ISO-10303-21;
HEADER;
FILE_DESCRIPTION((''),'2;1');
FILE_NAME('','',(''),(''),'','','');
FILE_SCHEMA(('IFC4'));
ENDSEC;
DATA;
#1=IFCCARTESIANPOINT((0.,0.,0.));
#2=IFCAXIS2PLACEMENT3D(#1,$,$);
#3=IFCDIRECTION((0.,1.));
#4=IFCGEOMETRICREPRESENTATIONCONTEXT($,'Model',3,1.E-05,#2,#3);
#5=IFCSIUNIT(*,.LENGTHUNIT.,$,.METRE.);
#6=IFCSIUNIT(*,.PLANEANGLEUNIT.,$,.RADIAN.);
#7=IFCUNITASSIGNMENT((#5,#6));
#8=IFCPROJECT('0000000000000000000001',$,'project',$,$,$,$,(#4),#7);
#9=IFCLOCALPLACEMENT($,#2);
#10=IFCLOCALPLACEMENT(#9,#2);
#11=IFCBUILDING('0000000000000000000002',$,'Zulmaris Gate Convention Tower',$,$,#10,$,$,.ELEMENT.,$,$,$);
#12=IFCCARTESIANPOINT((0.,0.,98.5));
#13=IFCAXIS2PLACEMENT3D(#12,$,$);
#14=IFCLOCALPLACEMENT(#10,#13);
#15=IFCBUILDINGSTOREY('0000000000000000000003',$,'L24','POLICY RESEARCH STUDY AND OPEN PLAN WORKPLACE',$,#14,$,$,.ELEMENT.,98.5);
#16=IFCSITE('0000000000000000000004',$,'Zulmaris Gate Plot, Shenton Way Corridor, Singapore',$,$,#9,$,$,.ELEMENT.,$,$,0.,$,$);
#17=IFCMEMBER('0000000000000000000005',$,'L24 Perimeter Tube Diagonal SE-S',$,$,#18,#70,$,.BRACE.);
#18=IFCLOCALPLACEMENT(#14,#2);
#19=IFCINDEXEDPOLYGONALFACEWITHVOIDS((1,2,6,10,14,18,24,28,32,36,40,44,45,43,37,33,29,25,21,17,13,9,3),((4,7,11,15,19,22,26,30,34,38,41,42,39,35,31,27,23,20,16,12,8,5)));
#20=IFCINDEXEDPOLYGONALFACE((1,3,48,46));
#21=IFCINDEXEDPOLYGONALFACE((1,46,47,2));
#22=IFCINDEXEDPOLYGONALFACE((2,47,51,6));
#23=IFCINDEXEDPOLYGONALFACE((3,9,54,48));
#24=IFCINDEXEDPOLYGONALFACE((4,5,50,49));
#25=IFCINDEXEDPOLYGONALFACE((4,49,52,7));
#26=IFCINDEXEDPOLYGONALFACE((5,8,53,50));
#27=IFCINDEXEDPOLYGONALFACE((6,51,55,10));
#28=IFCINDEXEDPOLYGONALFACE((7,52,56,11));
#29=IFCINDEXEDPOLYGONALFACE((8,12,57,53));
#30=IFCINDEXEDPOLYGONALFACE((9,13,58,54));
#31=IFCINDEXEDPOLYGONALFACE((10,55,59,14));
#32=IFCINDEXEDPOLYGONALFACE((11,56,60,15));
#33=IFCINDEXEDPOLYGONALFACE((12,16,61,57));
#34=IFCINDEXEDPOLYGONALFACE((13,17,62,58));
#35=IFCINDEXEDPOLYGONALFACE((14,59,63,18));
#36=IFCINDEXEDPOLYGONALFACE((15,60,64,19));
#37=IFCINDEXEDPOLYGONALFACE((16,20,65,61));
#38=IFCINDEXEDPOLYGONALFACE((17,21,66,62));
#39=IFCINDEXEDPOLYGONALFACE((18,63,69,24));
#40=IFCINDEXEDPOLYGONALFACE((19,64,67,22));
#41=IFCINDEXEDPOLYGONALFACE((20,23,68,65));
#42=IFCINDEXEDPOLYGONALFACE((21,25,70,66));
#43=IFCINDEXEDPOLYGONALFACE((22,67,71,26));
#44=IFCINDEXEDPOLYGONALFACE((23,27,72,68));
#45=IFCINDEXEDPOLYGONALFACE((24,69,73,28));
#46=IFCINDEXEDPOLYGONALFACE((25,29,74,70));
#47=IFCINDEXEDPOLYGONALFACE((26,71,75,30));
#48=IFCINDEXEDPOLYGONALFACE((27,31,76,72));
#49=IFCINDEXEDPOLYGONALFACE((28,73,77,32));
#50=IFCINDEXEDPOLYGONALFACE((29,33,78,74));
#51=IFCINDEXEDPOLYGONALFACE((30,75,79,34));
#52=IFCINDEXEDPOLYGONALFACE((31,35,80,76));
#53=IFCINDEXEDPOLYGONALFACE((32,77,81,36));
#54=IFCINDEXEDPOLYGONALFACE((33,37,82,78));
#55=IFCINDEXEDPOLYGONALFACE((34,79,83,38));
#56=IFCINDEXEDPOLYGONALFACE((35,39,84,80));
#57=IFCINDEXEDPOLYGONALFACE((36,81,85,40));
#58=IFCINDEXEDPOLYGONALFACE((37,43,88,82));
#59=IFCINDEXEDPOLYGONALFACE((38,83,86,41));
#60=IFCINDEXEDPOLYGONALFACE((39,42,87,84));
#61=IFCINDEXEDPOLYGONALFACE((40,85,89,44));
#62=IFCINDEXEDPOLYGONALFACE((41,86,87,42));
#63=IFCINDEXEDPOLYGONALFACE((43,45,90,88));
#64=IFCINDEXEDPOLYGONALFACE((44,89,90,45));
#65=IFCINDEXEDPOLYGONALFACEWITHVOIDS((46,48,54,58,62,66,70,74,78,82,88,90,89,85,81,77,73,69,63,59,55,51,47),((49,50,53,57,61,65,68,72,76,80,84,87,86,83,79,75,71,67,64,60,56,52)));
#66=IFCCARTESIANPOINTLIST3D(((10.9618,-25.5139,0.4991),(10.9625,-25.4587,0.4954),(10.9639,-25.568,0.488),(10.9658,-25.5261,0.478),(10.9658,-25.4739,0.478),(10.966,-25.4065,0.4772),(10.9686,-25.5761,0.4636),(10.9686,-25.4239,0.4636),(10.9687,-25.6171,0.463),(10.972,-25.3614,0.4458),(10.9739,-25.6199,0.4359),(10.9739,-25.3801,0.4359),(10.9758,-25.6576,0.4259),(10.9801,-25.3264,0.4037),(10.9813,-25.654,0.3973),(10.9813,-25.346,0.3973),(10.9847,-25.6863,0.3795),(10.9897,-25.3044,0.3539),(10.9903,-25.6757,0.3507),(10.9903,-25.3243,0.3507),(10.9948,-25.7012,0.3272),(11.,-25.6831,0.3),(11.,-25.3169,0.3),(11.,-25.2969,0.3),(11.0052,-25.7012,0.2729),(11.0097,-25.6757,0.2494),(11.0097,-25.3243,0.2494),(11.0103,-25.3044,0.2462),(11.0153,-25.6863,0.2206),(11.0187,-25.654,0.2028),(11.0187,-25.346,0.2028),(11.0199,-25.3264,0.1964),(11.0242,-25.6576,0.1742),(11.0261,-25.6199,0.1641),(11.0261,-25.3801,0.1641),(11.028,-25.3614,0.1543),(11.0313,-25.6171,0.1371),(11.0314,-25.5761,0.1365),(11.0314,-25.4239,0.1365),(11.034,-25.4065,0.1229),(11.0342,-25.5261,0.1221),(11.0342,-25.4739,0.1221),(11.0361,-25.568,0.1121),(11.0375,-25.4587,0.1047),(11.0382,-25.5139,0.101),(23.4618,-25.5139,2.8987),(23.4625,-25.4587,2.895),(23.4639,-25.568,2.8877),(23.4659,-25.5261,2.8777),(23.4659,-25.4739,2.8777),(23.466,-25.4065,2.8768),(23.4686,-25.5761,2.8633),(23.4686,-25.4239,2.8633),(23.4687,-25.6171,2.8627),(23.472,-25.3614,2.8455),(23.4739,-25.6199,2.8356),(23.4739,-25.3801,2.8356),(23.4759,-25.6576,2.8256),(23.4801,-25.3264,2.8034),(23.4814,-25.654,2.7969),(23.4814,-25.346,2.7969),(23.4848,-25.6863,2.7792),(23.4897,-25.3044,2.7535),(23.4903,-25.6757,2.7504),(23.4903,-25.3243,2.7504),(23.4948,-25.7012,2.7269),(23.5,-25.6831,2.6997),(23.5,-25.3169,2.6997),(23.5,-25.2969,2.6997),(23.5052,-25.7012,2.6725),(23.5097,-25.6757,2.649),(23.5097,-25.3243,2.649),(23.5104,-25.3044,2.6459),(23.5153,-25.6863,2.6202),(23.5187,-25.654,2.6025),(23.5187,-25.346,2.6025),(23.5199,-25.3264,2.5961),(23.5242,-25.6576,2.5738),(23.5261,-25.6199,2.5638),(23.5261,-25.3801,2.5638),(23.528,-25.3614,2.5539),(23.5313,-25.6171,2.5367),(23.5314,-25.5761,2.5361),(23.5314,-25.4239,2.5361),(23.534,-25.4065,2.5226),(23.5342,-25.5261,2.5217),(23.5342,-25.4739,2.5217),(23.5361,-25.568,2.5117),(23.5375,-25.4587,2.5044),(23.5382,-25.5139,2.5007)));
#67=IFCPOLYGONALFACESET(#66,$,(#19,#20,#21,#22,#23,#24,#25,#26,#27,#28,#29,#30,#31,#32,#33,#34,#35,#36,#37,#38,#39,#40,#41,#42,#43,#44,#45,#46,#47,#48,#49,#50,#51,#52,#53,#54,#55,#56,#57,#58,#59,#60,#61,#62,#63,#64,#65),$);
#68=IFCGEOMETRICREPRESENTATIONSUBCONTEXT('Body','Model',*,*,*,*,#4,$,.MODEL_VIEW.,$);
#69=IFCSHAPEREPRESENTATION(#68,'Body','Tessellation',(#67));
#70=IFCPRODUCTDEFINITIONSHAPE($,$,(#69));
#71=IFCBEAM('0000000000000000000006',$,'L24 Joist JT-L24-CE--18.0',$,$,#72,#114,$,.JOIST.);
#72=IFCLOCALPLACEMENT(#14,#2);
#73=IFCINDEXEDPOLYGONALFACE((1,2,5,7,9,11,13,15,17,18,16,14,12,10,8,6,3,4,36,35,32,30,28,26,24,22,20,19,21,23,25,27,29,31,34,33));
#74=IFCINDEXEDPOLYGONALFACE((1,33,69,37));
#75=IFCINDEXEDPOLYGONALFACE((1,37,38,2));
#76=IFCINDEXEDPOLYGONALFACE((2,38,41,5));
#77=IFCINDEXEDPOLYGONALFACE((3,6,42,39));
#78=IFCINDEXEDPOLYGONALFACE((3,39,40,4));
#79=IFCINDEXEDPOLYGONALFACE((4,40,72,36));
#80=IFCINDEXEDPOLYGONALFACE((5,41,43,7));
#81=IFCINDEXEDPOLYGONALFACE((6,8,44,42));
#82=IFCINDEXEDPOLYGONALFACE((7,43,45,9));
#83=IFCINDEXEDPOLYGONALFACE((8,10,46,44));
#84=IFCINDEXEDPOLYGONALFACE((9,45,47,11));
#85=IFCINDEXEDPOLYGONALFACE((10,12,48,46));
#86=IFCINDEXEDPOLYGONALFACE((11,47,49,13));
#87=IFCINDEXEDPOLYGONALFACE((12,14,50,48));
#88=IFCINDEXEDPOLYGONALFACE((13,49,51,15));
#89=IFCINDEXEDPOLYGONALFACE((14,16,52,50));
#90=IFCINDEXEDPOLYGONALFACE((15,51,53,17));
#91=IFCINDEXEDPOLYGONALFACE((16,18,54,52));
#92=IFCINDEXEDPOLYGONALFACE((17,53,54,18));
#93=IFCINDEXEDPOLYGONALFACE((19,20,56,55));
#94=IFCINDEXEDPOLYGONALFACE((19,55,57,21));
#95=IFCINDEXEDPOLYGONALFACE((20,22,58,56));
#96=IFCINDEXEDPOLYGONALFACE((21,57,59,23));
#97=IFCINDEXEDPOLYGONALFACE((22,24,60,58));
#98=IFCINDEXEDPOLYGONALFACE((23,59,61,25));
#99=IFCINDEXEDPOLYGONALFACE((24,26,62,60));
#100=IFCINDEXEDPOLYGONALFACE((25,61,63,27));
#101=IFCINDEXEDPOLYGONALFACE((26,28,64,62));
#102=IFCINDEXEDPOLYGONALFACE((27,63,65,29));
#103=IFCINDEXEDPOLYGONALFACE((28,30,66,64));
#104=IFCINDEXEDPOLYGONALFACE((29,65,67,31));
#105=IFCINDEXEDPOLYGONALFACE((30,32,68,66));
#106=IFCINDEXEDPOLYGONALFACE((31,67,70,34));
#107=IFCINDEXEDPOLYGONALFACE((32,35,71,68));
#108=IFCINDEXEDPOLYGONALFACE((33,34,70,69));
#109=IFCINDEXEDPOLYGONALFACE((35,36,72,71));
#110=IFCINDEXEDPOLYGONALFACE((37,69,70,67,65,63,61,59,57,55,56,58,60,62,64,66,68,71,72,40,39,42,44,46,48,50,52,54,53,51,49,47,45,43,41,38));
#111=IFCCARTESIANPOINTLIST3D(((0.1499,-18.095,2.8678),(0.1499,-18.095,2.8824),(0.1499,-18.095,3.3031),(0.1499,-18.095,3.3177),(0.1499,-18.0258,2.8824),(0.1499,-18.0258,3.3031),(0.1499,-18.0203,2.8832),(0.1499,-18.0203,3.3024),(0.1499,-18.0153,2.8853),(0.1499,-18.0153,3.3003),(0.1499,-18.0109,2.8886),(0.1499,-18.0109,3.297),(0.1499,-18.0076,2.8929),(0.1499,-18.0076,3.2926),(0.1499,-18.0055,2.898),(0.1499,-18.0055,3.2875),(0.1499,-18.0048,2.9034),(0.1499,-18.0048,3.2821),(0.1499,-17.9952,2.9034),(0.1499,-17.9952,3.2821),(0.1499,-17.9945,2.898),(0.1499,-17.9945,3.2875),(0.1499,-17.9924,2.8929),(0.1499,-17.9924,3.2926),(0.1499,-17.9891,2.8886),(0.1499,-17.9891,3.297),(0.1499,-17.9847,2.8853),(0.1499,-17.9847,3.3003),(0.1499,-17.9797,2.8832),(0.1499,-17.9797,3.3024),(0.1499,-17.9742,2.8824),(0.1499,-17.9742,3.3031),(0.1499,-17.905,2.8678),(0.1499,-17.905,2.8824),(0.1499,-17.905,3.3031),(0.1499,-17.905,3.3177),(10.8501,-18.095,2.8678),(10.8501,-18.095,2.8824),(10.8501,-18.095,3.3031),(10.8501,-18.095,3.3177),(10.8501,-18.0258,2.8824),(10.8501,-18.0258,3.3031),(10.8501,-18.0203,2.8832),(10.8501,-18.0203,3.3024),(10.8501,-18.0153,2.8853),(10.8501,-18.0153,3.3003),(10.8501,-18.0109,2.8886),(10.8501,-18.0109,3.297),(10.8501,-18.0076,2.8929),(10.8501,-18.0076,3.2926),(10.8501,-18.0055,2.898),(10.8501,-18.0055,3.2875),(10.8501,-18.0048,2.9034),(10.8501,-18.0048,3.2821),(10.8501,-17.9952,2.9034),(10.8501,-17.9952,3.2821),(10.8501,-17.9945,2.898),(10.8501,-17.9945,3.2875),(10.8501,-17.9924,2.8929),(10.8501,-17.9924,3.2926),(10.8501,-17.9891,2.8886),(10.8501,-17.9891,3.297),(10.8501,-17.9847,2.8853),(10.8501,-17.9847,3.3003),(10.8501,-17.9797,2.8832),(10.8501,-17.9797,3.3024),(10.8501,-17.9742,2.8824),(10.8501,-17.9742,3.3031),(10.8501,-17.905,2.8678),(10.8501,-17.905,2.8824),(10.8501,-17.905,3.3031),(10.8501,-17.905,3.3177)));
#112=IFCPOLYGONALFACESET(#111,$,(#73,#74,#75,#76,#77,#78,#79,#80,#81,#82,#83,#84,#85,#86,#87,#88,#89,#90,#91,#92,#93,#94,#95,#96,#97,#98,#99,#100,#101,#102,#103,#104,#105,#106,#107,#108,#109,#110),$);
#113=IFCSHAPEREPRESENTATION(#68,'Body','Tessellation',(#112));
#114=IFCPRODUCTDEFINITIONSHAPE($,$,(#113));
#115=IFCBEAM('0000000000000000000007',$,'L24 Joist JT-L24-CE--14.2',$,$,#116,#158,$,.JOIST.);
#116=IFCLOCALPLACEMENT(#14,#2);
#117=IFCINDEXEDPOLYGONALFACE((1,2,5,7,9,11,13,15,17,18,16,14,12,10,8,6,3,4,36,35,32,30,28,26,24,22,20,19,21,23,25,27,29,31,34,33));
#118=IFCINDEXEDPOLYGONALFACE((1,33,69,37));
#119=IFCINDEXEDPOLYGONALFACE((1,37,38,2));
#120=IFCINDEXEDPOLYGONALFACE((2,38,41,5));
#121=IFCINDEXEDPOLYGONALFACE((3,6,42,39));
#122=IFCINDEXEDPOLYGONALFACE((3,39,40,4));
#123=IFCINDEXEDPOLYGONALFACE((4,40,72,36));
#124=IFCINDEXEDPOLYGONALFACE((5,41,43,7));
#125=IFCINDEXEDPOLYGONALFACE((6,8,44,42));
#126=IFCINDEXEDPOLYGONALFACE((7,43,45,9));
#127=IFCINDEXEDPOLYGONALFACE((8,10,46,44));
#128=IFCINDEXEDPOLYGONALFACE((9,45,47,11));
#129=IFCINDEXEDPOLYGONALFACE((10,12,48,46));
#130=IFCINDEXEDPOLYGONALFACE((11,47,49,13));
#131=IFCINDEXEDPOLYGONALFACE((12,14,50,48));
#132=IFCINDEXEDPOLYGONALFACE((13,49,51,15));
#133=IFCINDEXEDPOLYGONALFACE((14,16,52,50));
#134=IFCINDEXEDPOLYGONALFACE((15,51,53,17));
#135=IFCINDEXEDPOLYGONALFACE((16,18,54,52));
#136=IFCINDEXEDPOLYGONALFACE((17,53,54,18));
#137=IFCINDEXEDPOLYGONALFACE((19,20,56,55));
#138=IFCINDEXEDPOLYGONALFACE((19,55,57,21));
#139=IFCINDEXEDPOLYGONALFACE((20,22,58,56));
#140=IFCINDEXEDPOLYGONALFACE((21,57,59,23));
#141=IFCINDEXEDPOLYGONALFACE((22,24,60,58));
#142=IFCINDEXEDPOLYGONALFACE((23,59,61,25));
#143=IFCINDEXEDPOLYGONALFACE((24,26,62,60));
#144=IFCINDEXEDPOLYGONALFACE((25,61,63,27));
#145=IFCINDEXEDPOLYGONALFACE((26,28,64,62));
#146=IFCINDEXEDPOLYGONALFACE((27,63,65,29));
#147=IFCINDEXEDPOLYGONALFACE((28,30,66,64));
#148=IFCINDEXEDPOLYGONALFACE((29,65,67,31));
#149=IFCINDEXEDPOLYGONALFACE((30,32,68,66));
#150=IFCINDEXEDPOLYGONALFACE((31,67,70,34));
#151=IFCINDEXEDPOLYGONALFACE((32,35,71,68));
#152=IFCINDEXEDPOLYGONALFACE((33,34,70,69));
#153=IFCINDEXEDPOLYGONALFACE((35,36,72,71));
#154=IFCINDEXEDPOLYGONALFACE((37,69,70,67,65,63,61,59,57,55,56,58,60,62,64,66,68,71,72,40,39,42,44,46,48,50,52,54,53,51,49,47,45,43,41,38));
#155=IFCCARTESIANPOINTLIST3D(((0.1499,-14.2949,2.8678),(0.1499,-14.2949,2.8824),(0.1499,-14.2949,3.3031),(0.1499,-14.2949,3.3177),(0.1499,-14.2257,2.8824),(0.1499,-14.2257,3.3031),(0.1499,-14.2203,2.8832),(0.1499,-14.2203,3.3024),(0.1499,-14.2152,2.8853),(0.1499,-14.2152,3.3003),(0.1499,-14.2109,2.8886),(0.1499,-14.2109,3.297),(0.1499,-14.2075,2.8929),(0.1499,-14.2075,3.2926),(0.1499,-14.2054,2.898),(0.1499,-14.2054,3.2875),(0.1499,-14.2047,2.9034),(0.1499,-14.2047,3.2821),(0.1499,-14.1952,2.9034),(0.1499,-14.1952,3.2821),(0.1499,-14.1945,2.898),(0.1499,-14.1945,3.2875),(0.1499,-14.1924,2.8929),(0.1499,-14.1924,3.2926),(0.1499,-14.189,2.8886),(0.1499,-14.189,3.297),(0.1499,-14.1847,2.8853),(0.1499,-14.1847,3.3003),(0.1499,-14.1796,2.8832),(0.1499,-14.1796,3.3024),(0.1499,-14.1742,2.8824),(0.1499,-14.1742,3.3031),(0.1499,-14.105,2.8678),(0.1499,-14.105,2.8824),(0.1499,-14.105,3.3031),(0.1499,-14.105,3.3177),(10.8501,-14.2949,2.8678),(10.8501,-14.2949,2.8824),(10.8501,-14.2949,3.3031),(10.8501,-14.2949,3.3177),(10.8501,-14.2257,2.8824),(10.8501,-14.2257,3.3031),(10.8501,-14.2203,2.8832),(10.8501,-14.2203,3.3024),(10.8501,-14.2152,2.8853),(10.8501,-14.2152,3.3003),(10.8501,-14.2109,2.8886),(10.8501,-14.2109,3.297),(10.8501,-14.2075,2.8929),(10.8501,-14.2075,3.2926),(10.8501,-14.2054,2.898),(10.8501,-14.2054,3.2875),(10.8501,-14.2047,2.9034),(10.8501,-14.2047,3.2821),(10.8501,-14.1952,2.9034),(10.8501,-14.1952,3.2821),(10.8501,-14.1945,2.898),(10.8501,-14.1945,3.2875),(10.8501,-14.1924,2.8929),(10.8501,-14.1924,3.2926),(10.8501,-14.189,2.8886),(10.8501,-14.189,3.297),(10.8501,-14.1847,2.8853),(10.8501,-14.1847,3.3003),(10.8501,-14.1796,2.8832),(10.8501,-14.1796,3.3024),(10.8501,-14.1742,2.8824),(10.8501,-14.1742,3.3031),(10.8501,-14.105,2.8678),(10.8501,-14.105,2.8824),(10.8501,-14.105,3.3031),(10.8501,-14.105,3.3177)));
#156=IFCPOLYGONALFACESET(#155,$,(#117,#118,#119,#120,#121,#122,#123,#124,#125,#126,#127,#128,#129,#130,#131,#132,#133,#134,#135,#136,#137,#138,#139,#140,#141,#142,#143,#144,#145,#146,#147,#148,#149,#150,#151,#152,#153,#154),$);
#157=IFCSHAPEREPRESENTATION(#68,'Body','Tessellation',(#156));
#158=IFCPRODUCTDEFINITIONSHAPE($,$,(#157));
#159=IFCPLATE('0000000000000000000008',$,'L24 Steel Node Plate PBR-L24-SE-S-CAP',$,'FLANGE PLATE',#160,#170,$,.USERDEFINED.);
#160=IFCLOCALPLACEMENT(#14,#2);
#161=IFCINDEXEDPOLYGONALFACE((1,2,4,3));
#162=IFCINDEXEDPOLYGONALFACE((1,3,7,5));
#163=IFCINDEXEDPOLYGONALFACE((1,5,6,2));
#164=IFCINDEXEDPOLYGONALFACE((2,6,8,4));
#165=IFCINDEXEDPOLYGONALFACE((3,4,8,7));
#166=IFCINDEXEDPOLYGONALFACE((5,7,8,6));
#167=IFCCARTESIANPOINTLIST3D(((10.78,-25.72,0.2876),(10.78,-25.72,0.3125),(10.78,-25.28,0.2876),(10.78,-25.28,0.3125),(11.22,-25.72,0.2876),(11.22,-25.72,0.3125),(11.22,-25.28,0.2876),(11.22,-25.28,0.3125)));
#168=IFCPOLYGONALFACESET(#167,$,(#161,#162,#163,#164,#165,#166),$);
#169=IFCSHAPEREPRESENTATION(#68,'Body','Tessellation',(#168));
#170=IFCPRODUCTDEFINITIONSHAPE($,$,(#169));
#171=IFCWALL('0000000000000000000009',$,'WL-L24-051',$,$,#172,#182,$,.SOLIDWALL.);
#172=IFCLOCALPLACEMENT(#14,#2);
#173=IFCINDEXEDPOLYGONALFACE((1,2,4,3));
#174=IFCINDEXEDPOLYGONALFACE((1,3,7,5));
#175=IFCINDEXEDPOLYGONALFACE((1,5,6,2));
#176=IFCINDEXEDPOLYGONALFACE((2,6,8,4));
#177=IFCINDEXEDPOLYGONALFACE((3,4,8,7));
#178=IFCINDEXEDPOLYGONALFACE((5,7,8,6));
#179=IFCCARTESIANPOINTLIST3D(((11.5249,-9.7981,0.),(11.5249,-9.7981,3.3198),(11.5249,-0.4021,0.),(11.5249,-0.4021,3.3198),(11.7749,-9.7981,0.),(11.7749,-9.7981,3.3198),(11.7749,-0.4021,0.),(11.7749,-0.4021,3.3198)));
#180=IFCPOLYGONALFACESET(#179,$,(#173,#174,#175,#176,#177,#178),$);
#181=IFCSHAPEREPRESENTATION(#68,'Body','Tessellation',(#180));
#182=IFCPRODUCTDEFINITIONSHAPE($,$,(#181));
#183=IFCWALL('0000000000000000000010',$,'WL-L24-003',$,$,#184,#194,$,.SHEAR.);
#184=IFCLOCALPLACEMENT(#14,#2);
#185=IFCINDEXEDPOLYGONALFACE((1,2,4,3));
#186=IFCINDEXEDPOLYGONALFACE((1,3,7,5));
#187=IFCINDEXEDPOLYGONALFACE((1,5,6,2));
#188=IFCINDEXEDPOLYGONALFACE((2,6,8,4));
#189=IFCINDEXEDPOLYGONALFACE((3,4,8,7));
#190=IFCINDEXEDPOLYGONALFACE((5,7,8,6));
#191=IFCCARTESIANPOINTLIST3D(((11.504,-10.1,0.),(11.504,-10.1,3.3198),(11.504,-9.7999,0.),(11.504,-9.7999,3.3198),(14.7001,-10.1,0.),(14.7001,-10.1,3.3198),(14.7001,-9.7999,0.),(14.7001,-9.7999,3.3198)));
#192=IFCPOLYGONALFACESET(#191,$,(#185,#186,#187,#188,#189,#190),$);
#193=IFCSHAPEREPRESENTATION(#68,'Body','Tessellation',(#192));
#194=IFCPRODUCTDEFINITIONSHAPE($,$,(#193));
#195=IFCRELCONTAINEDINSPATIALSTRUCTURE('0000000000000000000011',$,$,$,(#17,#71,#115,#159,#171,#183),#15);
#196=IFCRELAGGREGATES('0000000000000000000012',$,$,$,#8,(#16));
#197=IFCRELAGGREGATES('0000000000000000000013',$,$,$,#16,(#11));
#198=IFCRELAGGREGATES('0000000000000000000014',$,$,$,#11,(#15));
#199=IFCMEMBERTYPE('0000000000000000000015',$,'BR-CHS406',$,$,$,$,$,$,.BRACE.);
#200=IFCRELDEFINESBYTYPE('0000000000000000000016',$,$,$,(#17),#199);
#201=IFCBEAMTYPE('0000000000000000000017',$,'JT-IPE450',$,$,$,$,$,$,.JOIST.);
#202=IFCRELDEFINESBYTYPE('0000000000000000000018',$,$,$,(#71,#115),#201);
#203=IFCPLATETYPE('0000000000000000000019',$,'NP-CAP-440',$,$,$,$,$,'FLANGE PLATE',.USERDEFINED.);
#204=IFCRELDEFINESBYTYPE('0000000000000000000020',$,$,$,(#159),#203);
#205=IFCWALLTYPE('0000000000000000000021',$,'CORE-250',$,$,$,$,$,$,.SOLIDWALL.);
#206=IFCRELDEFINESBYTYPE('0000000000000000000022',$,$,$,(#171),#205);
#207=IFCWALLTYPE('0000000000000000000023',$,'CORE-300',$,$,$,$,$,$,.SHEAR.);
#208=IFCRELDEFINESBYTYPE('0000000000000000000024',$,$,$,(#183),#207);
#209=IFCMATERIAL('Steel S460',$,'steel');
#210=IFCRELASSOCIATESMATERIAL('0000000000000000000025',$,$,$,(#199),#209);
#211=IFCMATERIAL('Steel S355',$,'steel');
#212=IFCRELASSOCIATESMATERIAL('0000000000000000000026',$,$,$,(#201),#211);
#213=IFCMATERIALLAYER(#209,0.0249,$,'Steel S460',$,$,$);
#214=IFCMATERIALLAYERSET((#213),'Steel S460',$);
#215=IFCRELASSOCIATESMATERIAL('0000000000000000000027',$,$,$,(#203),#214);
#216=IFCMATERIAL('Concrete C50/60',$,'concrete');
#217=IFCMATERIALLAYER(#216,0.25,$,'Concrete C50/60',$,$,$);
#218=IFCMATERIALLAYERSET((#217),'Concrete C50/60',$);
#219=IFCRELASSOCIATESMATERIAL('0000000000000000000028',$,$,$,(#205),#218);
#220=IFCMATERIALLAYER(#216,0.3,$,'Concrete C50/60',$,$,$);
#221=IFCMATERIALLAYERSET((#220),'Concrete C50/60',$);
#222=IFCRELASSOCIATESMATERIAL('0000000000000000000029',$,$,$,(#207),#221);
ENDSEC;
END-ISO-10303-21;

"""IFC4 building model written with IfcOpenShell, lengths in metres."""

from ifc_helpers import new_model, si_unit, direction, frame, frame_2d, origin, origin_2d, place, context, subcontext, project, spatial, rectangle, hollow_circle, i_section, extrude, material, layer, layer_set, material_profile, profile_set, type_object, element, save


model = new_model("IFC4")

# Units and contexts
model_context = context("Model", 3, precision=1e-05, world=origin(), true_north=direction((0.0, 1.0)))
body_context = subcontext(model_context, "Body", "Model", "MODEL_VIEW")
ifc_project = project(units=[si_unit("LENGTHUNIT", "METRE"), si_unit("PLANEANGLEUNIT", "RADIAN")], contexts=[model_context])

# Site, building, storey
site_placement = place(None, origin())
site = spatial("IfcSite", under=ifc_project, at=site_placement, Name="Zulmaris Gate Plot, Shenton Way Corridor, Singapore", CompositionType="ELEMENT", RefElevation=0.0)
building_placement = place(site_placement, origin())
building = spatial("IfcBuilding", under=site, at=building_placement, Name="Zulmaris Gate Convention Tower", CompositionType="ELEMENT")
storey_placement = place(building_placement, frame((0.0, 0.0, 98.5)))
storey = spatial("IfcBuildingStorey", under=building, at=storey_placement, Name="L24", Description="POLICY RESEARCH STUDY AND OPEN PLAN WORKPLACE", CompositionType="ELEMENT", Elevation=98.5)

# Shared definitions
ifc_material_1 = material(Name="Steel S355", Category="steel")

# Member
ifc_material_2 = material(Name="Steel S460", Category="steel")
ifc_material_profile_1 = material_profile(ifc_material_2, hollow_circle(Radius=0.2031, WallThickness=0.02, at=origin_2d()), Name="CHS 406.4x20")
ifc_profile_set_1 = profile_set([ifc_material_profile_1], Name="Steel S460")
member_type = type_object("IfcMemberType", Name="BR-CHS406", PredefinedType="BRACE", material=ifc_profile_set_1)
member_placement = place(storey_placement, frame((11.0, -25.5, 0.3), z_axis=(0.982067, 0.0, 0.18853), x_axis=(0.0, 1.0, 0.0)))
element("IfcMember", 1, at=member_placement, inside=storey, type_object=member_type, Name="L24 Perimeter Tube Diagonal SE-S", PredefinedType="BRACE", context=body_context, shape_type="SweptSolid", body=[
    extrude(hollow_circle(Radius=0.2031, WallThickness=0.02, at=origin_2d()), origin(), (0.0, 0.0, 1.0), 12.7283),
])

# Beams
ifc_material_profile_2 = material_profile(ifc_material_1, i_section(OverallWidth=0.1899, OverallDepth=0.45, WebThickness=0.0095, FlangeThickness=0.0146, FilletRadius=0.021, at=origin_2d()), Name="IPE 450")
ifc_profile_set_2 = profile_set([ifc_material_profile_2], Name="Steel S355")
beam_type_1 = type_object("IfcBeamType", Name="JT-IPE450", PredefinedType="JOIST", material=ifc_profile_set_2)
for number, where, z_axis, x_axis, name in (
    (2, (0.1499, -18.0, 3.0928), (1.0, 0.0, 0.0), (0.0, 1.0, 0.0), "L24 Joist JT-L24-CE--18.0"),
    (3, (0.1499, -14.2, 3.0928), (1.0, 0.0, 0.0), (0.0, 1.0, 0.0), "L24 Joist JT-L24-CE--14.2"),
):
    element("IfcBeam", number, at=place(storey_placement, frame(where, z_axis=z_axis, x_axis=x_axis)), inside=storey, type_object=beam_type_1, Name=name, PredefinedType="JOIST", context=body_context, shape_type="SweptSolid", body=[
        extrude(i_section(OverallWidth=0.1899, OverallDepth=0.45, WebThickness=0.0095, FlangeThickness=0.0146, FilletRadius=0.021, at=origin_2d()), origin(), (0.0, 0.0, 1.0), 10.7002),
    ])

# Plate
ifc_layer_1 = layer(ifc_material_2, 0.0249, Name="Steel S460")
ifc_layer_set_1 = layer_set([ifc_layer_1], Name="Steel S460")
plate_type = type_object("IfcPlateType", Name="NP-CAP-440", ElementType="FLANGE PLATE", PredefinedType="USERDEFINED", material=ifc_layer_set_1)
plate_placement = place(storey_placement, frame((11.0, -25.5, 0.2876), z_axis=(0.0, 0.0, 1.0), x_axis=(1.0, 0.0, 0.0)))
element("IfcPlate", 4, at=plate_placement, inside=storey, type_object=plate_type, Name="L24 Steel Node Plate PBR-L24-SE-S-CAP", ObjectType="FLANGE PLATE", PredefinedType="USERDEFINED", context=body_context, shape_type="SweptSolid", body=[
    extrude(rectangle(XDim=0.4399, YDim=0.4399, at=origin_2d()), origin(), (0.0, 0.0, 1.0), 0.0249),
])

# Walls
ifc_material_3 = material(Name="Concrete C50/60", Category="concrete")
ifc_layer_2 = layer(ifc_material_3, 0.25, Name="Concrete C50/60")
ifc_layer_set_2 = layer_set([ifc_layer_2], Name="Concrete C50/60")
wall_type_1 = type_object("IfcWallType", Name="CORE-250", PredefinedType="SOLIDWALL", material=ifc_layer_set_2)
wall_1_placement = place(storey_placement, frame((11.6499, -9.7981, 0.0), z_axis=(0.0, 0.0, 1.0), x_axis=(0.0, 1.0, 0.0)))
element("IfcWall", 5, at=wall_1_placement, inside=storey, type_object=wall_type_1, Name="WL-L24-051", PredefinedType="SOLIDWALL", context=body_context, shape_type="SweptSolid", body=[
    extrude(rectangle(XDim=9.396, YDim=0.25, at=frame_2d((4.698, 0.0))), origin(), (0.0, 0.0, 1.0), 3.3198),
])
ifc_layer_3 = layer(ifc_material_3, 0.3, Name="Concrete C50/60")
ifc_layer_set_3 = layer_set([ifc_layer_3], Name="Concrete C50/60")
wall_type_2 = type_object("IfcWallType", Name="CORE-300", PredefinedType="SHEAR", material=ifc_layer_set_3)
wall_2_placement = place(storey_placement, frame((11.5039, -9.95, 0.0), z_axis=(0.0, 0.0, 1.0), x_axis=(1.0, 0.0, 0.0)))
element("IfcWall", 6, at=wall_2_placement, inside=storey, type_object=wall_type_2, Name="WL-L24-003", PredefinedType="SHEAR", context=body_context, shape_type="SweptSolid", body=[
    extrude(rectangle(XDim=3.196, YDim=0.3, at=frame_2d((1.5981, 0.0))), origin(), (0.0, 0.0, 1.0), 3.3198),
])

save(model, "model.ifc")
